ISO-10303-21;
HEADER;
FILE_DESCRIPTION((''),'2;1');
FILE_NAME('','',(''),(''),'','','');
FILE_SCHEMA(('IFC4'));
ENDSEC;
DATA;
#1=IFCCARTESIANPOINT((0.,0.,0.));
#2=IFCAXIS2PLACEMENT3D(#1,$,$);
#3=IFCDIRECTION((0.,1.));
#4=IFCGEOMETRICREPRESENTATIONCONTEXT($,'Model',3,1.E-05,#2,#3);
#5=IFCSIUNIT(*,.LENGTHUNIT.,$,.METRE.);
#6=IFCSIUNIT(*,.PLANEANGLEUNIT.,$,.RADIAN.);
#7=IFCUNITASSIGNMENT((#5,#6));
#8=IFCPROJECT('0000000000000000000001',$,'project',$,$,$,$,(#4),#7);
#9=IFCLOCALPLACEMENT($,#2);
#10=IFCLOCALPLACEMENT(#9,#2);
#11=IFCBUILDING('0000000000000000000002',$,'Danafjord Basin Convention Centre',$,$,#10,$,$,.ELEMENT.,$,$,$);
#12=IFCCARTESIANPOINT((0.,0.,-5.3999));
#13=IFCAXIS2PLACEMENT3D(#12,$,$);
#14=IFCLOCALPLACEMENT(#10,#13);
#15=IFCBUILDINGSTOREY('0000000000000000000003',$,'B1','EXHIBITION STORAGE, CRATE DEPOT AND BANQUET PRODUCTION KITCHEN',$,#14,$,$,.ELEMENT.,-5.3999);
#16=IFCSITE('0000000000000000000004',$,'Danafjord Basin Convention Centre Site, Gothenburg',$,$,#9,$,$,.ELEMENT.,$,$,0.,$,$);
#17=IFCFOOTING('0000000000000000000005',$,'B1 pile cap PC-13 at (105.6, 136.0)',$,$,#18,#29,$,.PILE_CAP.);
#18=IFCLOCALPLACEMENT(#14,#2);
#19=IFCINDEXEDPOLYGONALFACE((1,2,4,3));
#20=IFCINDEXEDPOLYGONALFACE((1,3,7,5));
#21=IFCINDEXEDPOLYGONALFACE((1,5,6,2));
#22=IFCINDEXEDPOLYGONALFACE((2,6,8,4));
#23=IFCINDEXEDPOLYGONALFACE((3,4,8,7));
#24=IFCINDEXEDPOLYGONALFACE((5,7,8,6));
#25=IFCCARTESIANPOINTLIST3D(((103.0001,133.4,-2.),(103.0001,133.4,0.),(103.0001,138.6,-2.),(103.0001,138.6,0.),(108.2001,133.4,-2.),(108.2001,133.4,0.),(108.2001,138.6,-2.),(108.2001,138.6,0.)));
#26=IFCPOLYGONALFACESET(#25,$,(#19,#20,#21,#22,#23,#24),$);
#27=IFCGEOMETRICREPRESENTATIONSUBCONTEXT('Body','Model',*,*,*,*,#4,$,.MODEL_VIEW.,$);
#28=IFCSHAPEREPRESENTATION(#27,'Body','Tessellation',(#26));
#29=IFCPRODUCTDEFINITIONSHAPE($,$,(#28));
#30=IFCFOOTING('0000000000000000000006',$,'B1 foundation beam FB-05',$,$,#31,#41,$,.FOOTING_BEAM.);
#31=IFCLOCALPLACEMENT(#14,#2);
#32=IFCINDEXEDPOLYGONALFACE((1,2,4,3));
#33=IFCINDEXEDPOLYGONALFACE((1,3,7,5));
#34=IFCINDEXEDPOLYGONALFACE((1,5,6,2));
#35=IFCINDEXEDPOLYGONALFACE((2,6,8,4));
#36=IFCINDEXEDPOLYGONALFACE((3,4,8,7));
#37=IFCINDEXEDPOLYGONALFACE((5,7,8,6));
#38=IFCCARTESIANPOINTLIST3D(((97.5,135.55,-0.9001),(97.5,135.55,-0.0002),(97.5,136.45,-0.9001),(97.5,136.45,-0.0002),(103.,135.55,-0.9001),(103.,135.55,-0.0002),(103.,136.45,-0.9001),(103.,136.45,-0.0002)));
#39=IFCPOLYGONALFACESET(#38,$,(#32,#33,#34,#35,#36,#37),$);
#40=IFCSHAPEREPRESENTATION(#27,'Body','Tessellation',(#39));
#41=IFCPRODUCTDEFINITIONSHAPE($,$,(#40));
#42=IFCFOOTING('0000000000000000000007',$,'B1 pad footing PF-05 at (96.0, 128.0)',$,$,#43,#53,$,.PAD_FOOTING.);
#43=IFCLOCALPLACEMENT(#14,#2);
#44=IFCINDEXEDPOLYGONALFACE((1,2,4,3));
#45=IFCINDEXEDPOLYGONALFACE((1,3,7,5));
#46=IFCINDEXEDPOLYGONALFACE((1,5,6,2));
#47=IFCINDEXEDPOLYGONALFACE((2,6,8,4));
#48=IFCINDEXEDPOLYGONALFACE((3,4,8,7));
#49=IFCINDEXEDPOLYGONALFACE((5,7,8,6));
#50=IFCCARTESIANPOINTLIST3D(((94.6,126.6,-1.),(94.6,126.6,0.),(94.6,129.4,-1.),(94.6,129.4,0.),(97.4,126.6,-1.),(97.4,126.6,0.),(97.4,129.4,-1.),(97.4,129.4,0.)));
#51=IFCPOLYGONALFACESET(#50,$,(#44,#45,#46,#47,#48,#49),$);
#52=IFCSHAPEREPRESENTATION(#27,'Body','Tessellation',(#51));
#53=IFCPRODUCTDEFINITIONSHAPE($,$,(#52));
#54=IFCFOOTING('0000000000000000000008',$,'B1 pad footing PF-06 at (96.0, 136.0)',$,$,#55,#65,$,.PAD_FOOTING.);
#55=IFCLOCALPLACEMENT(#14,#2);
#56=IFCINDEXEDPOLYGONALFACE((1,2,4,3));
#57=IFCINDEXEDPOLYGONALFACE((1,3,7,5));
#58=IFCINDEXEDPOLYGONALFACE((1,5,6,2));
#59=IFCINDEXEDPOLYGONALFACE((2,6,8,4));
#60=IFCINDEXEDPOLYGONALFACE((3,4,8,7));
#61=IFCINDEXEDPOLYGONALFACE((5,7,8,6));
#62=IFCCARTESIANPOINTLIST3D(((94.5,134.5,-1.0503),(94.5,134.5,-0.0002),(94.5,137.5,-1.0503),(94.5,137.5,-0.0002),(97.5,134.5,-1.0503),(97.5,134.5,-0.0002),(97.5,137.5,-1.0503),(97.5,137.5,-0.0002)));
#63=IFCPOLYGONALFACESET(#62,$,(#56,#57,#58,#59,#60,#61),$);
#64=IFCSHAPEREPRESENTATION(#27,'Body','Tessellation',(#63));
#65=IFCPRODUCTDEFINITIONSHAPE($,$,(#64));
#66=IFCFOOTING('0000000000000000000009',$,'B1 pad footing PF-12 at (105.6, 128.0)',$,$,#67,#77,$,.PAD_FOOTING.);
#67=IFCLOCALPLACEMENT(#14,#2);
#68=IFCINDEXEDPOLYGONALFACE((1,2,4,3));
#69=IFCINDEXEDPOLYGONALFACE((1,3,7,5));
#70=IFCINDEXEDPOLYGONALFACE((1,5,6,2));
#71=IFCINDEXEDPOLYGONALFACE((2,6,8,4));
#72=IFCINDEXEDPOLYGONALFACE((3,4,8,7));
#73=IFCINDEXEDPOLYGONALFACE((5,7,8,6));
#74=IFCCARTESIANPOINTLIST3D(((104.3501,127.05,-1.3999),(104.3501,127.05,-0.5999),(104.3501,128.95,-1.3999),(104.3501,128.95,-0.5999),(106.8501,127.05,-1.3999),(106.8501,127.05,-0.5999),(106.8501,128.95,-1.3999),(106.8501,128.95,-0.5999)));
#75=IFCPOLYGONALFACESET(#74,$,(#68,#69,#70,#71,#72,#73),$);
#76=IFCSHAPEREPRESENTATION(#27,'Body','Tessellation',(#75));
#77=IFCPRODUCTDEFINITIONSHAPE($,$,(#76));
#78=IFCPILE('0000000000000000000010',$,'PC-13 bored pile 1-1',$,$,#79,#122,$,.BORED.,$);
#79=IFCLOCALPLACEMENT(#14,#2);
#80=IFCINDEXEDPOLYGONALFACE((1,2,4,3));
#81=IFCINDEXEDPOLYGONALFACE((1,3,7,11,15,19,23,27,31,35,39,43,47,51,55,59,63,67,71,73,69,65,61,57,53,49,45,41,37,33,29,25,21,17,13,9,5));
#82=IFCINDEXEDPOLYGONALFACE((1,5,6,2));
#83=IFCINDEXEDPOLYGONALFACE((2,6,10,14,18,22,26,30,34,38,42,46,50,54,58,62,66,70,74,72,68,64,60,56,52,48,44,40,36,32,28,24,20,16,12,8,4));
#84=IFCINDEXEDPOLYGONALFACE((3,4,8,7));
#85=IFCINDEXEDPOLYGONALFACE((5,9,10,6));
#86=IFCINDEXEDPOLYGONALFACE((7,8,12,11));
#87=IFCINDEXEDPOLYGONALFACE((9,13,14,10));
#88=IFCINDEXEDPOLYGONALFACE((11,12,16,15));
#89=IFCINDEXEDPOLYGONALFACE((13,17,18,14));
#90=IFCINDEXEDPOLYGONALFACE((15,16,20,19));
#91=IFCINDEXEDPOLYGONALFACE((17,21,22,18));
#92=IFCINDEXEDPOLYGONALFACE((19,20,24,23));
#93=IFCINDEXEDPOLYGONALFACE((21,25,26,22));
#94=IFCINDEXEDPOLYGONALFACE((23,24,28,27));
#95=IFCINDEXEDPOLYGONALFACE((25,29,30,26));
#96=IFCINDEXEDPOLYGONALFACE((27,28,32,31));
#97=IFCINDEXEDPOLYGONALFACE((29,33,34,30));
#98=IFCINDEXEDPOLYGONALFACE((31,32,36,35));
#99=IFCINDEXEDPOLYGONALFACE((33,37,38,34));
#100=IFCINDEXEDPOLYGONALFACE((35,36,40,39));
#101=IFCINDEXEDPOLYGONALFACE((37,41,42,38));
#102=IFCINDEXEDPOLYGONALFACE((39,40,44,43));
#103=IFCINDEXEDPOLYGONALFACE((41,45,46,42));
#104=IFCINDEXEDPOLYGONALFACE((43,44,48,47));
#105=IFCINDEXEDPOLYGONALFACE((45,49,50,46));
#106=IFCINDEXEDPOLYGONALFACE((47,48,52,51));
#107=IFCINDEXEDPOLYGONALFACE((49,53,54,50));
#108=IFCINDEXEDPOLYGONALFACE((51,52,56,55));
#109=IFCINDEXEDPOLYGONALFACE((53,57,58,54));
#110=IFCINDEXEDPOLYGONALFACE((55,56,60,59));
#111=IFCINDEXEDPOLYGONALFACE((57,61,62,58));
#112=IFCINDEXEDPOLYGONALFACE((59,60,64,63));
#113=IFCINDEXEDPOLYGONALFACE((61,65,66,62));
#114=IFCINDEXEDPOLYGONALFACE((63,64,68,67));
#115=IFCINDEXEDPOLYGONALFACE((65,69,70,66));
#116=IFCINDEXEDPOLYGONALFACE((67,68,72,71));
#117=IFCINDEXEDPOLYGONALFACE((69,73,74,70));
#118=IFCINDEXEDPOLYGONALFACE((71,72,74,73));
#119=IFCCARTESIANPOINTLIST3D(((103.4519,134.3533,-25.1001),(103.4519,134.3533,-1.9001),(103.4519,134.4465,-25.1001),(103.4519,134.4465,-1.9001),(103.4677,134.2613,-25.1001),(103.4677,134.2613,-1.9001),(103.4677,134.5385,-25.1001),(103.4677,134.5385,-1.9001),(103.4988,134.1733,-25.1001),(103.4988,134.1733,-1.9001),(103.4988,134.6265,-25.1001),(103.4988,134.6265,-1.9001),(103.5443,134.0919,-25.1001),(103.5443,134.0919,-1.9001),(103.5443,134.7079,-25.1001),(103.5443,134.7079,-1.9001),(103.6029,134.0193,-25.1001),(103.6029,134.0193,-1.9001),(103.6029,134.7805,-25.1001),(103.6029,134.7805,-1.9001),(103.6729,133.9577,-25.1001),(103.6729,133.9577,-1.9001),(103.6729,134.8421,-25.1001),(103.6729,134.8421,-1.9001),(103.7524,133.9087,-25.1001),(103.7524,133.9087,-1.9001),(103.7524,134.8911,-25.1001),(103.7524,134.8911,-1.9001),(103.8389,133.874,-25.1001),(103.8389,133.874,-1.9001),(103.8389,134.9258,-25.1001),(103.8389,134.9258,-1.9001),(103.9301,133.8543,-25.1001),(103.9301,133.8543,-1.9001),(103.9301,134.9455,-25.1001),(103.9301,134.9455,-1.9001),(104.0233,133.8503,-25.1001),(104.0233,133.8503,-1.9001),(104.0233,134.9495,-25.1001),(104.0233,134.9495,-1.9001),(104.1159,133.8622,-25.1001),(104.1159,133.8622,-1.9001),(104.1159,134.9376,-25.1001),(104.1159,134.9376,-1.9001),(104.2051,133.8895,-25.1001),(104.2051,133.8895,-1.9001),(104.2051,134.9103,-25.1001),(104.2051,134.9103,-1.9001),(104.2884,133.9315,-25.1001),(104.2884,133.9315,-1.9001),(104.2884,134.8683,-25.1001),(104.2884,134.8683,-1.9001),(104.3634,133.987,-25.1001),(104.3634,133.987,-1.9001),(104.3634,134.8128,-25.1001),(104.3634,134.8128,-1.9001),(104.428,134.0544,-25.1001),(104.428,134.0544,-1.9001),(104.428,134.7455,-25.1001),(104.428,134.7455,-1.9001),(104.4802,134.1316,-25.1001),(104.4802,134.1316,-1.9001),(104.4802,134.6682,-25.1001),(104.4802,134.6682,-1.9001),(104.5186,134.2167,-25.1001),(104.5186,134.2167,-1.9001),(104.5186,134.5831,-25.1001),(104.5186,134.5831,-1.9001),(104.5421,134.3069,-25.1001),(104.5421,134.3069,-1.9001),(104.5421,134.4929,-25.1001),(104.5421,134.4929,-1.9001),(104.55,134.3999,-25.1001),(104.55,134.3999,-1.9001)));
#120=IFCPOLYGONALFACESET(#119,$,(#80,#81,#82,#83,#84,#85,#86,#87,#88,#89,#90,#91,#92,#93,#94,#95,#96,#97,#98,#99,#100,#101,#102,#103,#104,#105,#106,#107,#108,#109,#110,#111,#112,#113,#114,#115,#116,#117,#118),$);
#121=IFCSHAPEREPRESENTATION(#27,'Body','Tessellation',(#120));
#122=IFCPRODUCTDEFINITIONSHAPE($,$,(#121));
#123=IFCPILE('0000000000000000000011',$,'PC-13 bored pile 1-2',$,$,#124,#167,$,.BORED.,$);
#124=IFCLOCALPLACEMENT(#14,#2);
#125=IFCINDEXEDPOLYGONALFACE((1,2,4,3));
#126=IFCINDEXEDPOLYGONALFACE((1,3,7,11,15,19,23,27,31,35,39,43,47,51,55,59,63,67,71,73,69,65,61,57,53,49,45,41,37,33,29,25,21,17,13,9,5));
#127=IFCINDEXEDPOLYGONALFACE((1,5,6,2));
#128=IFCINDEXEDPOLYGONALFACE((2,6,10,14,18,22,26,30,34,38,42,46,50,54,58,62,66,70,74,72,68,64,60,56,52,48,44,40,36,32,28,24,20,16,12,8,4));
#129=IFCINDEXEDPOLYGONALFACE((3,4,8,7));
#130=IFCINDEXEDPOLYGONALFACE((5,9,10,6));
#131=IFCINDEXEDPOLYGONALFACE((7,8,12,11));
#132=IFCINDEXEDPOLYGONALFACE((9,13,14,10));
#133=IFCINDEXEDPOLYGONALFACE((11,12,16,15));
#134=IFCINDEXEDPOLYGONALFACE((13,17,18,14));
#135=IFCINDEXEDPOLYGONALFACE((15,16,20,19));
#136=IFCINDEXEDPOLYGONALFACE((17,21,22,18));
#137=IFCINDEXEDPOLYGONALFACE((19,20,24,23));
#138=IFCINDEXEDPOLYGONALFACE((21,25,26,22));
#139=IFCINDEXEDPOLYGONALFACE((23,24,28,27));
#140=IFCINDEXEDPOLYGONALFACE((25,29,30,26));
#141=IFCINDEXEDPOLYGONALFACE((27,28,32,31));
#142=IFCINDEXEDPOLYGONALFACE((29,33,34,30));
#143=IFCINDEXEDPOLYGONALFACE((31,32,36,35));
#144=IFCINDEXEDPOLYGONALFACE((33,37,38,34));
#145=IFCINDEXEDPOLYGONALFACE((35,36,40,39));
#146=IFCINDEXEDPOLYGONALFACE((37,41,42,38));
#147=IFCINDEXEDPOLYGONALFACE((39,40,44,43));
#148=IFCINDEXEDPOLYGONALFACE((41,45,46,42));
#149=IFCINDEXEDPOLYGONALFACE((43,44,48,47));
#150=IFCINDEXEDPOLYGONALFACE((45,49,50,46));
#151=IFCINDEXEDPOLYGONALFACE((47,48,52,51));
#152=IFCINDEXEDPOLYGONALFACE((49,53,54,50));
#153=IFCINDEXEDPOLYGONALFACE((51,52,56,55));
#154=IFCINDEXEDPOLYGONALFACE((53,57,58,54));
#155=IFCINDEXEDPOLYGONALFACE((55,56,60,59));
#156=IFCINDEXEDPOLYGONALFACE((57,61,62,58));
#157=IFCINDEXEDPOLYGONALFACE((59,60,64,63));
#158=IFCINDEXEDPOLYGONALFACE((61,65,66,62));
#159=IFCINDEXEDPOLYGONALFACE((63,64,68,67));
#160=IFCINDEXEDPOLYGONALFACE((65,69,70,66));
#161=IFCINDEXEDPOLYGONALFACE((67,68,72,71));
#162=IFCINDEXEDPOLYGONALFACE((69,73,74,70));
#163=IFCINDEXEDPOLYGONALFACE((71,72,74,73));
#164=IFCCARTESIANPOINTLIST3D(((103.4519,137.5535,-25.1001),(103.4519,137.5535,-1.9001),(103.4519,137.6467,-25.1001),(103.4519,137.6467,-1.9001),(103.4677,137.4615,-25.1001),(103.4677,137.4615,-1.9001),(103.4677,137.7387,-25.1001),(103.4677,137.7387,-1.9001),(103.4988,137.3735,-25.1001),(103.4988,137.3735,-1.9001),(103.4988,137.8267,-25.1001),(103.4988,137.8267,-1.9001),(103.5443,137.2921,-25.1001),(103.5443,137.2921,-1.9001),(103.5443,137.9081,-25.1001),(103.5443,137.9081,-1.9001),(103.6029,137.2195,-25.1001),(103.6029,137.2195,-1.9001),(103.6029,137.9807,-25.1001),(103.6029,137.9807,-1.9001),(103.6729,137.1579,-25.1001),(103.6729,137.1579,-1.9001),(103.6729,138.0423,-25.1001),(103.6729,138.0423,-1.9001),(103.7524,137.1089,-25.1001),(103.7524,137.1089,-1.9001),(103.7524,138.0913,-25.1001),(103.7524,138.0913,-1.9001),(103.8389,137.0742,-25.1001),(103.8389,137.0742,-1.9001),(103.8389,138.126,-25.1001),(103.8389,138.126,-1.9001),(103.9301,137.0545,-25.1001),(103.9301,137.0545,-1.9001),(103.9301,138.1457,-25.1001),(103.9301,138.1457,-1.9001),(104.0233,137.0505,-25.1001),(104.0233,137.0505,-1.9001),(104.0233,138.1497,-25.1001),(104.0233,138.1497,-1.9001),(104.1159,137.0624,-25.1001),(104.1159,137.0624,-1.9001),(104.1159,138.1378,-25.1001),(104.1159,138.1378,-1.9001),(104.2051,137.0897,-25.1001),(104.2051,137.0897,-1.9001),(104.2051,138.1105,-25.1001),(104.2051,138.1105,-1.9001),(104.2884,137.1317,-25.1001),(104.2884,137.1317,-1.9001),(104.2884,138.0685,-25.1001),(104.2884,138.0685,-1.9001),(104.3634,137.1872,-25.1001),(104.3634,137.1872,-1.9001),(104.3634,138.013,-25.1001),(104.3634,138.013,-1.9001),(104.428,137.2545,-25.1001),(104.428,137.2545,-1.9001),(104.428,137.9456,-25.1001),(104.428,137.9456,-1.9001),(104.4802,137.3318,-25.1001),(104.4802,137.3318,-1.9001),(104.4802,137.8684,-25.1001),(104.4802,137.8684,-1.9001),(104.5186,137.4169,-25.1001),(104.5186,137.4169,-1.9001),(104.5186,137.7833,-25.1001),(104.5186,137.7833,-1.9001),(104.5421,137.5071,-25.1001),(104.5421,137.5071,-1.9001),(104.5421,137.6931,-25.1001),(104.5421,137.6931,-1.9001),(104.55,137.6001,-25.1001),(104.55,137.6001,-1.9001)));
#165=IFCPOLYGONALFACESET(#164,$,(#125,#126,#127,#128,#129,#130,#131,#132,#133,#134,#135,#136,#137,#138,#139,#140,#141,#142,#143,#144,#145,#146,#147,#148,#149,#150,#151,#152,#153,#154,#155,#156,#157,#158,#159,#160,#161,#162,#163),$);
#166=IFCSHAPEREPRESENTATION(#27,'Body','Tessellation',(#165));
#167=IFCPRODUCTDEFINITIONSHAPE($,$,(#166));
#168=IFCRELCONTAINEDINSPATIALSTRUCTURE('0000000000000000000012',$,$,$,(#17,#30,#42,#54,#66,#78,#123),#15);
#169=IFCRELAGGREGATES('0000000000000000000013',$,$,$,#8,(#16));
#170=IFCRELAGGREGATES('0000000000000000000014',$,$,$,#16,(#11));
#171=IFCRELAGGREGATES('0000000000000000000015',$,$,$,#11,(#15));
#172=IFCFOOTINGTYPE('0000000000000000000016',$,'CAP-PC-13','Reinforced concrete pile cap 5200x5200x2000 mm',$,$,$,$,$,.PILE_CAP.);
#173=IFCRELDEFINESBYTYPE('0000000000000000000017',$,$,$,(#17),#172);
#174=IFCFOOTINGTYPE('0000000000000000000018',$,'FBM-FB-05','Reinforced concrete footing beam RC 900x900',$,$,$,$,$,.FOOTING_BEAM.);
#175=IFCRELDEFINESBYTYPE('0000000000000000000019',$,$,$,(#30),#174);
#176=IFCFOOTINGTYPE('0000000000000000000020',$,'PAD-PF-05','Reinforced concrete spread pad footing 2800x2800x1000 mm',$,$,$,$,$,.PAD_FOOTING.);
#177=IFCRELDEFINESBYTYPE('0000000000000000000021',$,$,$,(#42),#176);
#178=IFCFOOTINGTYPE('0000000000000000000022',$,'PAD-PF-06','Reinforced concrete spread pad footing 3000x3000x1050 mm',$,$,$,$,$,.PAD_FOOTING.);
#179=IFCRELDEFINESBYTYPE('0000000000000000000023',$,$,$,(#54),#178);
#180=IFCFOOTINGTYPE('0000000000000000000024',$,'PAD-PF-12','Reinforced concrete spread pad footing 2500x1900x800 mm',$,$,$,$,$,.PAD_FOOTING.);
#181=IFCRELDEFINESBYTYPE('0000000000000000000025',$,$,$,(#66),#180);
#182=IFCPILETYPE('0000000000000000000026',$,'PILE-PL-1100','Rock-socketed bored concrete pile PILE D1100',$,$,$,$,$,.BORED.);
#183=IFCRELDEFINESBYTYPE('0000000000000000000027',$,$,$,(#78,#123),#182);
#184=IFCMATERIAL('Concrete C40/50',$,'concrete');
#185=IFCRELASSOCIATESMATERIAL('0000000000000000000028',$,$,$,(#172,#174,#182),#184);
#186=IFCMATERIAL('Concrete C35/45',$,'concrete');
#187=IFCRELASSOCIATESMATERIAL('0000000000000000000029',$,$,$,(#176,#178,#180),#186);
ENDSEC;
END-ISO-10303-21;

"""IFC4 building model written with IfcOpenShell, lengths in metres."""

from ifc_helpers import new_model, si_unit, direction, frame, origin, origin_2d, place, context, subcontext, project, spatial, rectangle, circle, extrude, material, material_profile, profile_set, type_object, element, save


model = new_model("IFC4")

# Units and contexts
model_context = context("Model", 3, precision=1e-05, world=origin(), true_north=direction((0.0, 1.0)))
body_context = subcontext(model_context, "Body", "Model", "MODEL_VIEW")
ifc_project = project(units=[si_unit("LENGTHUNIT", "METRE"), si_unit("PLANEANGLEUNIT", "RADIAN")], contexts=[model_context])

# Site, building, storey
site_placement = place(None, origin())
site = spatial("IfcSite", under=ifc_project, at=site_placement, Name="Danafjord Basin Convention Centre Site, Gothenburg", CompositionType="ELEMENT", RefElevation=0.0)
building_placement = place(site_placement, origin())
building = spatial("IfcBuilding", under=site, at=building_placement, Name="Danafjord Basin Convention Centre", CompositionType="ELEMENT")
storey_placement = place(building_placement, frame((0.0, 0.0, -5.3999)))
storey = spatial("IfcBuildingStorey", under=building, at=storey_placement, Name="B1", Description="EXHIBITION STORAGE, CRATE DEPOT AND BANQUET PRODUCTION KITCHEN", CompositionType="ELEMENT", Elevation=-5.3999)

# Footings
ifc_material_1 = material(Name="Concrete C40/50", Category="concrete")
footing_type_1 = type_object("IfcFootingType", Name="CAP-PC-13", Description="Reinforced concrete pile cap 5200x5200x2000 mm", PredefinedType="PILE_CAP", material=ifc_material_1)
footing_1_placement = place(storey_placement, frame((105.6001, 136.0, -2.0), z_axis=(0.0, 0.0, 1.0), x_axis=(1.0, 0.0, 0.0)))
element("IfcFooting", 1, at=footing_1_placement, inside=storey, type_object=footing_type_1, Name="B1 pile cap PC-13 at (105.6, 136.0)", PredefinedType="PILE_CAP", context=body_context, shape_type="SweptSolid", body=[
    extrude(rectangle(XDim=5.2, YDim=5.2, at=origin_2d()), origin(), (0.0, 0.0, 1.0), 2.0),
])
ifc_material_profile_1 = material_profile(ifc_material_1, rectangle(XDim=0.8999, YDim=0.8999, at=origin_2d()), Name="RC 900x900")
ifc_profile_set_1 = profile_set([ifc_material_profile_1], Name="Concrete C40/50")
footing_type_2 = type_object("IfcFootingType", Name="FBM-FB-05", Description="Reinforced concrete footing beam RC 900x900", PredefinedType="FOOTING_BEAM", material=ifc_profile_set_1)
footing_2_placement = place(storey_placement, frame((97.5, 136.0, -0.4502), z_axis=(1.0, 0.0, 0.0), x_axis=(0.0, 1.0, 0.0)))
element("IfcFooting", 2, at=footing_2_placement, inside=storey, type_object=footing_type_2, Name="B1 foundation beam FB-05", PredefinedType="FOOTING_BEAM", context=body_context, shape_type="SweptSolid", body=[
    extrude(rectangle(XDim=0.8999, YDim=0.8999, at=origin_2d()), origin(), (0.0, 0.0, 1.0), 5.5),
])
ifc_material_2 = material(Name="Concrete C35/45", Category="concrete")
footing_type_3 = type_object("IfcFootingType", Name="PAD-PF-05", Description="Reinforced concrete spread pad footing 2800x2800x1000 mm", PredefinedType="PAD_FOOTING", material=ifc_material_2)
footing_3_placement = place(storey_placement, frame((96.0, 128.0, -1.0), z_axis=(0.0, 0.0, 1.0), x_axis=(1.0, 0.0, 0.0)))
element("IfcFooting", 3, at=footing_3_placement, inside=storey, type_object=footing_type_3, Name="B1 pad footing PF-05 at (96.0, 128.0)", PredefinedType="PAD_FOOTING", context=body_context, shape_type="SweptSolid", body=[
    extrude(rectangle(XDim=2.8, YDim=2.8, at=origin_2d()), origin(), (0.0, 0.0, 1.0), 1.0),
])
footing_type_4 = type_object("IfcFootingType", Name="PAD-PF-06", Description="Reinforced concrete spread pad footing 3000x3000x1050 mm", PredefinedType="PAD_FOOTING", material=ifc_material_2)
footing_4_placement = place(storey_placement, frame((96.0, 136.0, -1.0503), z_axis=(0.0, 0.0, 1.0), x_axis=(1.0, 0.0, 0.0)))
element("IfcFooting", 4, at=footing_4_placement, inside=storey, type_object=footing_type_4, Name="B1 pad footing PF-06 at (96.0, 136.0)", PredefinedType="PAD_FOOTING", context=body_context, shape_type="SweptSolid", body=[
    extrude(rectangle(XDim=3.0, YDim=3.0, at=origin_2d()), origin(), (0.0, 0.0, 1.0), 1.05),
])
footing_type_5 = type_object("IfcFootingType", Name="PAD-PF-12", Description="Reinforced concrete spread pad footing 2500x1900x800 mm", PredefinedType="PAD_FOOTING", material=ifc_material_2)
footing_5_placement = place(storey_placement, frame((105.6001, 128.0, -1.3999), z_axis=(0.0, 0.0, 1.0), x_axis=(1.0, 0.0, 0.0)))
element("IfcFooting", 5, at=footing_5_placement, inside=storey, type_object=footing_type_5, Name="B1 pad footing PF-12 at (105.6, 128.0)", PredefinedType="PAD_FOOTING", context=body_context, shape_type="SweptSolid", body=[
    extrude(rectangle(XDim=2.5, YDim=1.8999, at=origin_2d()), origin(), (0.0, 0.0, 1.0), 0.8),
])

# Piles
ifc_material_profile_2 = material_profile(ifc_material_1, circle(Radius=0.55, at=origin_2d()), Name="PILE D1100")
ifc_profile_set_2 = profile_set([ifc_material_profile_2], Name="Concrete C40/50")
pile_type = type_object("IfcPileType", Name="PILE-PL-1100", Description="Rock-socketed bored concrete pile PILE D1100", PredefinedType="BORED", material=ifc_profile_set_2)
for number, where, z_axis, x_axis, name in (
    (6, (104.0, 134.3999, -1.9001), (0.0, 0.0, -1.0), (1.0, 0.0, 0.0), "PC-13 bored pile 1-1"),
    (7, (104.0, 137.6001, -1.9001), (0.0, 0.0, -1.0), (1.0, 0.0, 0.0), "PC-13 bored pile 1-2"),
):
    element("IfcPile", number, at=place(storey_placement, frame(where, z_axis=z_axis, x_axis=x_axis)), inside=storey, type_object=pile_type, Name=name, PredefinedType="BORED", context=body_context, shape_type="SweptSolid", body=[
        extrude(circle(Radius=0.55, at=origin_2d()), origin(), (0.0, 0.0, 1.0), 23.2),
    ])

save(model, "model.ifc")
